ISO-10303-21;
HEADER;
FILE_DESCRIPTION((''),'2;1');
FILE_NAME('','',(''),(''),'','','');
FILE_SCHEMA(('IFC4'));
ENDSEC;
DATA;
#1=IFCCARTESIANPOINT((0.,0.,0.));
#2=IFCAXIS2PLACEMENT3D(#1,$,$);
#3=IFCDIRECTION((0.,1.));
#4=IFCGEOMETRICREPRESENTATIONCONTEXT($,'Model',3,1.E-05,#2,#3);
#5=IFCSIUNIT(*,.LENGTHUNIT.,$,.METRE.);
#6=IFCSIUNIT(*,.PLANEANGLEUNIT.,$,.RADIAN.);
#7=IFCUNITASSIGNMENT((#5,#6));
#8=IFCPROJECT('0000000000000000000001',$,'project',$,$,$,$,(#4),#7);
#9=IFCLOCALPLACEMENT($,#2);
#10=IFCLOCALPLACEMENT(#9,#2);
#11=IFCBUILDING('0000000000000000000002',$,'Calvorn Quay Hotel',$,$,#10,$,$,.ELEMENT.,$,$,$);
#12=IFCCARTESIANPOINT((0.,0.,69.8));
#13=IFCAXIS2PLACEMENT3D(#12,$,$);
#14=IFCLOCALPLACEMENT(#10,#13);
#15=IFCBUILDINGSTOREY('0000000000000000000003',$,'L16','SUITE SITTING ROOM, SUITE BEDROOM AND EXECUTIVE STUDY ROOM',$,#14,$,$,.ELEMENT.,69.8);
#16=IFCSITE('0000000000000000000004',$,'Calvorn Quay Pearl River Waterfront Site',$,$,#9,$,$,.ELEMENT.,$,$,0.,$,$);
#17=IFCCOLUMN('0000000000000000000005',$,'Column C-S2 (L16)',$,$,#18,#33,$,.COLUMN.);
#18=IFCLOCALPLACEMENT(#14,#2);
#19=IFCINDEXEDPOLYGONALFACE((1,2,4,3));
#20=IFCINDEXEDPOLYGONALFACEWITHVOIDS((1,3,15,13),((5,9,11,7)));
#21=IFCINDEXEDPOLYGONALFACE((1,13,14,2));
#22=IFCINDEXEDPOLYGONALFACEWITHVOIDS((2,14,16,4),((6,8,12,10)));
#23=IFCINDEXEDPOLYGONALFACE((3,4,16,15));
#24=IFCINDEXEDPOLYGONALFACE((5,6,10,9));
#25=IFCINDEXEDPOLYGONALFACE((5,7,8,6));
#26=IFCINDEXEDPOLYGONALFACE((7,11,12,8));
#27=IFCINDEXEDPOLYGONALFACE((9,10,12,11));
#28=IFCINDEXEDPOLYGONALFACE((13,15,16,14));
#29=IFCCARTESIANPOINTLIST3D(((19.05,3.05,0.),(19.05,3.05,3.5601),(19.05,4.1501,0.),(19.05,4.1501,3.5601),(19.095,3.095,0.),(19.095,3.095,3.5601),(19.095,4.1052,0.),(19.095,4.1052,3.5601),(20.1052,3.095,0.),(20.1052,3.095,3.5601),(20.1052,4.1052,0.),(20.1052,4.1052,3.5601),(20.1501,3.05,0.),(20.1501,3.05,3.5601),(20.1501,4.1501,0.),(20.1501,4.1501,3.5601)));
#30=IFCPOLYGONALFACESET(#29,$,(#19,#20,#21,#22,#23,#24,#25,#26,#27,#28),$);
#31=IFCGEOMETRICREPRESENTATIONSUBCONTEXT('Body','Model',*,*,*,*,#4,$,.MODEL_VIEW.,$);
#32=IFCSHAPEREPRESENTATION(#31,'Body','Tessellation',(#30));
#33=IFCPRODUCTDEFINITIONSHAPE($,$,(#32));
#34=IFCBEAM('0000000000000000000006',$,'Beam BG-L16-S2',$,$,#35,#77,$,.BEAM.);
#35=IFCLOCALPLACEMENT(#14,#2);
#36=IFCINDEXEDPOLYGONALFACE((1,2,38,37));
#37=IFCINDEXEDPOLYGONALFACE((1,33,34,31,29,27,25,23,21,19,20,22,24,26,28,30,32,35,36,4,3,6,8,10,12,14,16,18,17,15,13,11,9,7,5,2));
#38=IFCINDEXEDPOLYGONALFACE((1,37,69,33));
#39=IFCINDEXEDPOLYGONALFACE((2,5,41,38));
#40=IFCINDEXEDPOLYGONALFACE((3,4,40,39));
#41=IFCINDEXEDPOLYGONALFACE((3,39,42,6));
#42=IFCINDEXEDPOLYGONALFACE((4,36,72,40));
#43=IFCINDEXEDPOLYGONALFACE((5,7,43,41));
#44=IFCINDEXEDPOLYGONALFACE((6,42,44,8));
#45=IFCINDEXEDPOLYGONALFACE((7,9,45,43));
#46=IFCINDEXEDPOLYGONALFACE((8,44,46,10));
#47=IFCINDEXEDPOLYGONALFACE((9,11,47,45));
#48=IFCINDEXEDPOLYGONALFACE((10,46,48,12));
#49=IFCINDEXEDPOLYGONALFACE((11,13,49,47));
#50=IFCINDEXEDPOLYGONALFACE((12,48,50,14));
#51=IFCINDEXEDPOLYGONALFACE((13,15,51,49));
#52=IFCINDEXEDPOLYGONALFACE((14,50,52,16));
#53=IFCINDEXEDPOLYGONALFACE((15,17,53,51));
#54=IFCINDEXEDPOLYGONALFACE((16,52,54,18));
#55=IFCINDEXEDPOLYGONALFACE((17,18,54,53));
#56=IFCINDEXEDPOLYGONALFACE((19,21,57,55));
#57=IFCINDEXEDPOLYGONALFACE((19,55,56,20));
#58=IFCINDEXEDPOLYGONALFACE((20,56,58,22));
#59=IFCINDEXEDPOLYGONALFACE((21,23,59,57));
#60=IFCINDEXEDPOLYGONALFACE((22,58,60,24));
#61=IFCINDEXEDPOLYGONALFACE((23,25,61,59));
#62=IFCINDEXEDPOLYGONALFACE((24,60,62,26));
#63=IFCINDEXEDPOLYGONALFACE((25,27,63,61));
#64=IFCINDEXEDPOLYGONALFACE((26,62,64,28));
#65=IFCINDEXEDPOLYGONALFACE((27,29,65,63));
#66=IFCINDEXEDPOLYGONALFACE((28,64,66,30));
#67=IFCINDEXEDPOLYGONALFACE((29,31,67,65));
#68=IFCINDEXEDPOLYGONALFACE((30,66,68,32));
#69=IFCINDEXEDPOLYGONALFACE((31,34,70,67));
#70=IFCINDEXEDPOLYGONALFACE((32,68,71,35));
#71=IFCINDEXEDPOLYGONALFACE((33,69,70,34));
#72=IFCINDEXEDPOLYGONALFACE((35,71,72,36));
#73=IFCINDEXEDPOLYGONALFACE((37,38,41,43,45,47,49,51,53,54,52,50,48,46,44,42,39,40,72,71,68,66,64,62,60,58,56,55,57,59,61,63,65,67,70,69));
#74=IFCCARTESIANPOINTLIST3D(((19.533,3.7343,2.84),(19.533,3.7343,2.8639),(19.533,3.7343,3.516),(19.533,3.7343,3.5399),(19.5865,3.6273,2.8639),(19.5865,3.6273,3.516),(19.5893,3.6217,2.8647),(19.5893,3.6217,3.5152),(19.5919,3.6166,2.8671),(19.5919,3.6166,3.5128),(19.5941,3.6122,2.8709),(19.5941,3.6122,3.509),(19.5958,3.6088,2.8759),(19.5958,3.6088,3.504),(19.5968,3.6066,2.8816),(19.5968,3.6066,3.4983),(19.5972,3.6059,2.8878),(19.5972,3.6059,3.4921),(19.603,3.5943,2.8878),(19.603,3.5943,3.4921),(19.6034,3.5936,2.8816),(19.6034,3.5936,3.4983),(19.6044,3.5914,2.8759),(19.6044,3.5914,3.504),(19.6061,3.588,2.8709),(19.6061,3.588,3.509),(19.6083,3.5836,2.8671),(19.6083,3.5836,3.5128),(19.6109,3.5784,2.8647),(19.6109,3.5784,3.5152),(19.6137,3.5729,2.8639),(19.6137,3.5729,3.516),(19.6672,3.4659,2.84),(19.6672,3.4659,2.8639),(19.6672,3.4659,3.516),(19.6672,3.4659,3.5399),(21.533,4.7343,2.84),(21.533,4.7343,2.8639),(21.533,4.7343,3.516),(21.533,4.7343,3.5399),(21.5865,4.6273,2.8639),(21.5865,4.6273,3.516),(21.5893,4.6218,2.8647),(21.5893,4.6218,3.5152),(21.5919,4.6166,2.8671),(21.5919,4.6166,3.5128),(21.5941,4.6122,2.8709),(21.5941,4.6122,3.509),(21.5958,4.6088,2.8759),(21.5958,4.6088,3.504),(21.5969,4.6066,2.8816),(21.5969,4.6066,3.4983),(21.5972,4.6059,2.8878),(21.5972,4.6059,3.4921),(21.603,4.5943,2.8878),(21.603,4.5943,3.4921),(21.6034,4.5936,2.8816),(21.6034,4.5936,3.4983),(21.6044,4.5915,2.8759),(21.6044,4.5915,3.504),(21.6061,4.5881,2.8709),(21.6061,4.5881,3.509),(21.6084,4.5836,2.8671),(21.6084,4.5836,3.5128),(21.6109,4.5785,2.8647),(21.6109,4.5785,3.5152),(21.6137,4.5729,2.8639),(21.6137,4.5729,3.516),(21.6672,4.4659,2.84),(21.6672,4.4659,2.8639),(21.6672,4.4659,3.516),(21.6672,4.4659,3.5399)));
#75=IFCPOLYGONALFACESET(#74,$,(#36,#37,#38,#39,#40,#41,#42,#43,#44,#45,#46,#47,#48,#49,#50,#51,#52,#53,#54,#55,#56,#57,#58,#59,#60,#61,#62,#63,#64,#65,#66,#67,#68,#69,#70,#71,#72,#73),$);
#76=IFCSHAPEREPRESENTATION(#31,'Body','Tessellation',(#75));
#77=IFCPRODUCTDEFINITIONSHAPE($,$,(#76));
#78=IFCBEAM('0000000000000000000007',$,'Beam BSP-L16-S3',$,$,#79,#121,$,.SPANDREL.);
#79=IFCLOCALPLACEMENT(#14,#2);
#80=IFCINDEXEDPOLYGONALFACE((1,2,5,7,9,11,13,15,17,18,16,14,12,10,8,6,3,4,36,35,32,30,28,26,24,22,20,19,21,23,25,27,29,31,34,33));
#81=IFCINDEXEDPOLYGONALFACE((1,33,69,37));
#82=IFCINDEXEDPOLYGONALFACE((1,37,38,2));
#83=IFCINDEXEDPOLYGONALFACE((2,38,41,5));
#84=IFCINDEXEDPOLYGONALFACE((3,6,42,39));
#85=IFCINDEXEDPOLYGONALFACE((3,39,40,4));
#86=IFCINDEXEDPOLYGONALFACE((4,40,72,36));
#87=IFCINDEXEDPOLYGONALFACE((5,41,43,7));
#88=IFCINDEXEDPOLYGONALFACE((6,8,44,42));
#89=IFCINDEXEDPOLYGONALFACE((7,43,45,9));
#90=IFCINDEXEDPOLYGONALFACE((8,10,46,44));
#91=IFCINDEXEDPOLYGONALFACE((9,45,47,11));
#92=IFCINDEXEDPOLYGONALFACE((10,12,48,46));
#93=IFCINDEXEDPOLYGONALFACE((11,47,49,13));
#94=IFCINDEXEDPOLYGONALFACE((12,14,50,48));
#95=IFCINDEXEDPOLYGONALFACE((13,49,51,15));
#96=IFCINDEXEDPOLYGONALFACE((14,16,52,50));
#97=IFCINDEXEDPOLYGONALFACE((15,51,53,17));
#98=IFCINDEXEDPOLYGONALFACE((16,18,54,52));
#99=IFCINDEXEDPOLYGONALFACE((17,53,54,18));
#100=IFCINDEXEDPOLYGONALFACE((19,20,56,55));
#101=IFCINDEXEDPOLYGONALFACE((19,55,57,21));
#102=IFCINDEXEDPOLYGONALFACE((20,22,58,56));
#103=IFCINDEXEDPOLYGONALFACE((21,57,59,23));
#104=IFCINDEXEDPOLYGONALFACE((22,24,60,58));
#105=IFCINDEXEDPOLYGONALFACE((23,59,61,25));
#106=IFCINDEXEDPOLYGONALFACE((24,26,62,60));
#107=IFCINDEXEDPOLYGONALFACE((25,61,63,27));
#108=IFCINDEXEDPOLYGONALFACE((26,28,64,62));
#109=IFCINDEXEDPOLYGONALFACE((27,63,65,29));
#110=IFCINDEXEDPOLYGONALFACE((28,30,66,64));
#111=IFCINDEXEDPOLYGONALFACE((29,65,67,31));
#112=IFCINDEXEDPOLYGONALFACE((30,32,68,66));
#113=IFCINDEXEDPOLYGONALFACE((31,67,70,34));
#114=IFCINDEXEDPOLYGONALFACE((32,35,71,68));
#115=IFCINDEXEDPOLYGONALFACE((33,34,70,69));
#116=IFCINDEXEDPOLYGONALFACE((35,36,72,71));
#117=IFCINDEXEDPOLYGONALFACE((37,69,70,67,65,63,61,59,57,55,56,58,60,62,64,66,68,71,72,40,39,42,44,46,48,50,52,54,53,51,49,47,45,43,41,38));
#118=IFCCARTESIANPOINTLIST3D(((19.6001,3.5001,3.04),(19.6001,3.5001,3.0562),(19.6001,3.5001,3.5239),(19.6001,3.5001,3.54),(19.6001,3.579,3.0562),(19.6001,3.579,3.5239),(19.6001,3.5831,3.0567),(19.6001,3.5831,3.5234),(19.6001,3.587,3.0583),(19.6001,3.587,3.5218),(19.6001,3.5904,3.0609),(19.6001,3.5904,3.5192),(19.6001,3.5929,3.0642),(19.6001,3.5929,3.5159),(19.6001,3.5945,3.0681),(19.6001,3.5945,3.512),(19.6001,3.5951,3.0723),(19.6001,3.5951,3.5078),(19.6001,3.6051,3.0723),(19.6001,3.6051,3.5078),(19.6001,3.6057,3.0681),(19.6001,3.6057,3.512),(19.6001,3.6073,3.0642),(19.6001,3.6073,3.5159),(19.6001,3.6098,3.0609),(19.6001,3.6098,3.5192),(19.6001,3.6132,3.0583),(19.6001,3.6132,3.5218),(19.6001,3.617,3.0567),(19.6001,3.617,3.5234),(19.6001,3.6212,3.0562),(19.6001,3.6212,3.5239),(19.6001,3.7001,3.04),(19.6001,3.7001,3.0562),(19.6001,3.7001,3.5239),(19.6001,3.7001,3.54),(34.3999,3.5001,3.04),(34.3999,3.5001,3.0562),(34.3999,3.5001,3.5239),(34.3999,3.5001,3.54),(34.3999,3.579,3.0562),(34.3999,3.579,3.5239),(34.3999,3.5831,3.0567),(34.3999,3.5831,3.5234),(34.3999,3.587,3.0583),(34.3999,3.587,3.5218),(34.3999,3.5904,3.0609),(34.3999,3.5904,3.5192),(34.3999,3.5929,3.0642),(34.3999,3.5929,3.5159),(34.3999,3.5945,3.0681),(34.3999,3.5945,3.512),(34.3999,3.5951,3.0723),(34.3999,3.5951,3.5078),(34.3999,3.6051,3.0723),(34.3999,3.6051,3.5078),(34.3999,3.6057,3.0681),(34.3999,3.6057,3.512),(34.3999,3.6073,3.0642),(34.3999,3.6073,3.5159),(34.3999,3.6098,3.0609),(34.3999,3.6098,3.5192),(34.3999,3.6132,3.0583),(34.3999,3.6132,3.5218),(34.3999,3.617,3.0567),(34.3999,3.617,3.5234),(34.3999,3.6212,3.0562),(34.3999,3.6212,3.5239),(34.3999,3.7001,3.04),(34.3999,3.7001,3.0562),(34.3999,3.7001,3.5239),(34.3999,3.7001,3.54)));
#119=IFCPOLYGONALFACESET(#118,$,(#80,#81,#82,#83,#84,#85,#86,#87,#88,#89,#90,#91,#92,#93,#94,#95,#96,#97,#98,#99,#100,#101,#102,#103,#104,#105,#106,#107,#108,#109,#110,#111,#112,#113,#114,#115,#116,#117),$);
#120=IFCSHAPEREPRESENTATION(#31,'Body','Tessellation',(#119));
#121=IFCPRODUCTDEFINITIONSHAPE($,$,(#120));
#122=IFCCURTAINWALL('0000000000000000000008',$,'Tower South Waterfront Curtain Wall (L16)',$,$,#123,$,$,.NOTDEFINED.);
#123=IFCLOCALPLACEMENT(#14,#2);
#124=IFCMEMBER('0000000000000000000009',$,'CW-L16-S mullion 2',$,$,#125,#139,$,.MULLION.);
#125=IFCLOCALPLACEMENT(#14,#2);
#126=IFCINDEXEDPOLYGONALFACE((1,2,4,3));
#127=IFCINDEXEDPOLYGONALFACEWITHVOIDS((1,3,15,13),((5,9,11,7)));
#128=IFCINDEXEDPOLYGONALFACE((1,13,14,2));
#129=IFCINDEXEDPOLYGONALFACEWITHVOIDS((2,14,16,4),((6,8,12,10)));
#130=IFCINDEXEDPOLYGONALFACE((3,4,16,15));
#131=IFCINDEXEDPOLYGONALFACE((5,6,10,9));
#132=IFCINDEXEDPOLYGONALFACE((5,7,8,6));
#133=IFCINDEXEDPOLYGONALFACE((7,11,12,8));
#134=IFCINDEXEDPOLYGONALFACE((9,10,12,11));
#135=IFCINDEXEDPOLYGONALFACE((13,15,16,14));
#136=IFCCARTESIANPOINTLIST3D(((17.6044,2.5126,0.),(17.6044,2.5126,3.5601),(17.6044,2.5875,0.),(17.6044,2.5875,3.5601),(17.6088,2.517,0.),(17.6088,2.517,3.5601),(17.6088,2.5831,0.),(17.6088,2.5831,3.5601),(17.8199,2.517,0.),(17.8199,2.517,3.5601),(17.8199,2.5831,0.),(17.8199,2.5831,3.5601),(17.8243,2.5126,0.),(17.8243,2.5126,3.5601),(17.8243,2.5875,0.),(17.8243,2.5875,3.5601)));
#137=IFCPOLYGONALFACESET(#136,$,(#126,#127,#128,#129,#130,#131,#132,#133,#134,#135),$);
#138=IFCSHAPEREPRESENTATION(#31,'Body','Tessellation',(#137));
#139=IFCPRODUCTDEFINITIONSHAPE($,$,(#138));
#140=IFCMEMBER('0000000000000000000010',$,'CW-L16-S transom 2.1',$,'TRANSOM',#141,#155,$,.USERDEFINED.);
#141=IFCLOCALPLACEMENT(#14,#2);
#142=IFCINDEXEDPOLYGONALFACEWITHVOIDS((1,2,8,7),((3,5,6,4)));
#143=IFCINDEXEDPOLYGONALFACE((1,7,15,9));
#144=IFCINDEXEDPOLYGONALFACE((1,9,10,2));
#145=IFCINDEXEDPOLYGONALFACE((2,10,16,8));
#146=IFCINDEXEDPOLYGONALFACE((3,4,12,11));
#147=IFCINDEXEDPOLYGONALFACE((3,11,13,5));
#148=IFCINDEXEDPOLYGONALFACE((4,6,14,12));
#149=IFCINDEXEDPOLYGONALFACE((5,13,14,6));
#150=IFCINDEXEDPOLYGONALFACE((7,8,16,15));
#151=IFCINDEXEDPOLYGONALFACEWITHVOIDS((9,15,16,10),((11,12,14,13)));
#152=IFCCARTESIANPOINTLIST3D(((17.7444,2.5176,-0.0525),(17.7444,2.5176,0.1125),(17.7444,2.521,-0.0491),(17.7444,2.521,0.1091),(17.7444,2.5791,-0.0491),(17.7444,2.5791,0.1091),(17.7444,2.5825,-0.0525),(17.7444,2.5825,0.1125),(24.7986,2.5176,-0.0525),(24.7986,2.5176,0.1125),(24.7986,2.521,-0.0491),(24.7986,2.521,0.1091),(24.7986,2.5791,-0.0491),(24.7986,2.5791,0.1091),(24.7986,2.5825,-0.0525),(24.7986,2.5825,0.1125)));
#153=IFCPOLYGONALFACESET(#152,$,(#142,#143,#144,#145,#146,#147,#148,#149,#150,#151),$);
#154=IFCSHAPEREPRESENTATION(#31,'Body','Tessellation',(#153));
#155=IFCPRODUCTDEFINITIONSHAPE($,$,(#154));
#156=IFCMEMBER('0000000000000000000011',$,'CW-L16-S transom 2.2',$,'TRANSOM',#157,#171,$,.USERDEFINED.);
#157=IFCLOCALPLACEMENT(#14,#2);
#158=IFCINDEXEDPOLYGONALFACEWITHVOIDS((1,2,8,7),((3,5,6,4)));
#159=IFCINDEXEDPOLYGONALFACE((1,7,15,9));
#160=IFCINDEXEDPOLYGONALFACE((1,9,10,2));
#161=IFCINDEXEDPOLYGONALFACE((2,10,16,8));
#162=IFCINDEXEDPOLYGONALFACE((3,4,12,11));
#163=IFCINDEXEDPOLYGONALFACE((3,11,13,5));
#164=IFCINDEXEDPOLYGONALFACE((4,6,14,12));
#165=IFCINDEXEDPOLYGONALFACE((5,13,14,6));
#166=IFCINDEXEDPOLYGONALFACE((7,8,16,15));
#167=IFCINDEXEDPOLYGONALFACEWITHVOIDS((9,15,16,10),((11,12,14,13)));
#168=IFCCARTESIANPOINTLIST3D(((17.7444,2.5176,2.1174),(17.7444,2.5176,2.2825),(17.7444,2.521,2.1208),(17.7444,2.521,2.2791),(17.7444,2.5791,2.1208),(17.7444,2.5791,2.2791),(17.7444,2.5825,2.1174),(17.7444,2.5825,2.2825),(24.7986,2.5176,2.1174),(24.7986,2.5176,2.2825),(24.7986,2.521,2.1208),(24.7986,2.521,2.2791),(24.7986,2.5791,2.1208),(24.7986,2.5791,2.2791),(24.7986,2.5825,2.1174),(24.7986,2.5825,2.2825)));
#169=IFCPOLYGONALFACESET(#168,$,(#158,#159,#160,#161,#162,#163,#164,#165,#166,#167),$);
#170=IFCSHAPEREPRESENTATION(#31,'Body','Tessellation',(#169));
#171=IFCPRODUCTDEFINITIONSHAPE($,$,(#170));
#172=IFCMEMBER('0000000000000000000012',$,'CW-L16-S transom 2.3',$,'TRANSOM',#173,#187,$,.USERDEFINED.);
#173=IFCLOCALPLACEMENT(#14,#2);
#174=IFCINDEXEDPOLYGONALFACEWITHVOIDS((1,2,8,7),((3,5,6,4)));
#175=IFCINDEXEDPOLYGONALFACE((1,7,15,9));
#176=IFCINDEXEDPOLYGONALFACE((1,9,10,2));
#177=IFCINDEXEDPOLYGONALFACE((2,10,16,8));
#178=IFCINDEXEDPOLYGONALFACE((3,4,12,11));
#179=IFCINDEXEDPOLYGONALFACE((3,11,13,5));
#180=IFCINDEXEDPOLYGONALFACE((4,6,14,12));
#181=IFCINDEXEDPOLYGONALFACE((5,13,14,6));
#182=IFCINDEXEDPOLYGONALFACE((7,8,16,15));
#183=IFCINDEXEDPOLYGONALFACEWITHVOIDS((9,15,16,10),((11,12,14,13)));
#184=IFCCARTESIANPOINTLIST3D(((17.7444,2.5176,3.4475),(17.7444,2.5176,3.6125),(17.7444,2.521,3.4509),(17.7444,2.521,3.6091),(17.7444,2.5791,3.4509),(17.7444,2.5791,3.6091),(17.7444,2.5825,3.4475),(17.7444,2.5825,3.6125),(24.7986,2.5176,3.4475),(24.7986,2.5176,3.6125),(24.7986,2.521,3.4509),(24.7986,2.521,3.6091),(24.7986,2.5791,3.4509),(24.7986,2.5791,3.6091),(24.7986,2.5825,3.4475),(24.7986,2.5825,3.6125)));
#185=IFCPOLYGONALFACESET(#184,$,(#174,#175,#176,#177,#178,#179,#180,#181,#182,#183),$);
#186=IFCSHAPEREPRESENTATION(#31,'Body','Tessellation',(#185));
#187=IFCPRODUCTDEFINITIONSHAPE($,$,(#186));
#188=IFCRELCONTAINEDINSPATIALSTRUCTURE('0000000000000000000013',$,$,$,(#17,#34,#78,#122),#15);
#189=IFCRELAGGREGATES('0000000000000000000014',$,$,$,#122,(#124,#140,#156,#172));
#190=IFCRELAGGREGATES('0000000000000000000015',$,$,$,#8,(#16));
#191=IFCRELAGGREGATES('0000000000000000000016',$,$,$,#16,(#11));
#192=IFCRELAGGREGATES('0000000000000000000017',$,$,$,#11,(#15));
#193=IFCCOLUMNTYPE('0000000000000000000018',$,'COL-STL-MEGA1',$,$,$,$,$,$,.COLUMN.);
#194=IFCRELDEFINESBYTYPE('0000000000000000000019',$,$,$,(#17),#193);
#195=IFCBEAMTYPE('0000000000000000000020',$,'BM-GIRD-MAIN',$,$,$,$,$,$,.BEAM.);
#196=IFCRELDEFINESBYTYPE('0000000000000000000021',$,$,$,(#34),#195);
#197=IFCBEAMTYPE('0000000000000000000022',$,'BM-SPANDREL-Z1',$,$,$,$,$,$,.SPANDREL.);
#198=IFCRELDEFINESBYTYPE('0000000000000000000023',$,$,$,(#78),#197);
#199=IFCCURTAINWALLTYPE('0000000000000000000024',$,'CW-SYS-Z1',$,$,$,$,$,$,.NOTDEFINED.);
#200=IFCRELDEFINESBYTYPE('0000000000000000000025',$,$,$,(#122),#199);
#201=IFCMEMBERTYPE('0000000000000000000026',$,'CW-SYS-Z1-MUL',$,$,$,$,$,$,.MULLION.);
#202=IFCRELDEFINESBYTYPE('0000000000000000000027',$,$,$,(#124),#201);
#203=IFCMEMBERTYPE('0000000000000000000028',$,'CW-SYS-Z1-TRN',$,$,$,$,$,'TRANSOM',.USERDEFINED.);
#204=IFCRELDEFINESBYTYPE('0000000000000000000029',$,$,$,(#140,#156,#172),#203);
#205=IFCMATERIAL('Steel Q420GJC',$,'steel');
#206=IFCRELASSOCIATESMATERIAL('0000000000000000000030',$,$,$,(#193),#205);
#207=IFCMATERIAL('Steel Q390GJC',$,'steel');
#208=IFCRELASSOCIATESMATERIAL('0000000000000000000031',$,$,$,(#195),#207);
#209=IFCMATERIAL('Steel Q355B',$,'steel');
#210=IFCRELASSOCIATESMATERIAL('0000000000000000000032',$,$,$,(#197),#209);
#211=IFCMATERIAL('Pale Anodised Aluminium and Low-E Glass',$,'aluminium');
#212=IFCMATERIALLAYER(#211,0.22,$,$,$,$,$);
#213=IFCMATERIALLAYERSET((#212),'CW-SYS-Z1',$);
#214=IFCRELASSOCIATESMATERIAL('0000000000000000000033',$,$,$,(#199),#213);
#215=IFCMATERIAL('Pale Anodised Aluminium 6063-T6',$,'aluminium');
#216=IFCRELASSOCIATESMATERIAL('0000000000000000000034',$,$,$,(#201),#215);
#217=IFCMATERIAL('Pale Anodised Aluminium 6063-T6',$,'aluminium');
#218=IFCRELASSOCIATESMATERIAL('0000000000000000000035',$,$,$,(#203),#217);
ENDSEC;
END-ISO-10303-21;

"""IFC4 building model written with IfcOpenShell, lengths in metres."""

from ifc_helpers import new_model, si_unit, direction, frame, origin, origin_2d, place, context, subcontext, project, spatial, hollow_rectangle, i_section, extrude, material, layer, layer_set, material_profile, profile_set, type_object, element, aggregate, save


model = new_model("IFC4")

# Units and contexts
model_context = context("Model", 3, precision=1e-05, world=origin(), true_north=direction((0.0, 1.0)))
body_context = subcontext(model_context, "Body", "Model", "MODEL_VIEW")
ifc_project = project(units=[si_unit("LENGTHUNIT", "METRE"), si_unit("PLANEANGLEUNIT", "RADIAN")], contexts=[model_context])

# Site, building, storey
site_placement = place(None, origin())
site = spatial("IfcSite", under=ifc_project, at=site_placement, Name="Calvorn Quay Pearl River Waterfront Site", CompositionType="ELEMENT", RefElevation=0.0)
building_placement = place(site_placement, origin())
building = spatial("IfcBuilding", under=site, at=building_placement, Name="Calvorn Quay Hotel", CompositionType="ELEMENT")
storey_placement = place(building_placement, frame((0.0, 0.0, 69.8)))
storey = spatial("IfcBuildingStorey", under=building, at=storey_placement, Name="L16", Description="SUITE SITTING ROOM, SUITE BEDROOM AND EXECUTIVE STUDY ROOM", CompositionType="ELEMENT", Elevation=69.8)

# Column
ifc_material_1 = material(Name="Steel Q420GJC", Category="steel")
ifc_material_profile_1 = material_profile(ifc_material_1, hollow_rectangle(XDim=1.1001, YDim=1.1001, WallThickness=0.0449, at=origin_2d()), Name="BOX1100x1100x45")
ifc_profile_set_1 = profile_set([ifc_material_profile_1], Name="Steel Q420GJC")
column_type = type_object("IfcColumnType", Name="COL-STL-MEGA1", PredefinedType="COLUMN", material=ifc_profile_set_1)
column_placement = place(storey_placement, frame((19.6001, 3.6001, 0.0), z_axis=(0.0, 0.0, 1.0), x_axis=(1.0, 0.0, 0.0)))
element("IfcColumn", 1, at=column_placement, inside=storey, type_object=column_type, Name="Column C-S2 (L16)", PredefinedType="COLUMN", context=body_context, shape_type="SweptSolid", body=[
    extrude(hollow_rectangle(XDim=1.1001, YDim=1.1001, WallThickness=0.0449, at=origin_2d()), origin(), (0.0, 0.0, 1.0), 3.5601),
])

# Beams
ifc_material_2 = material(Name="Steel Q390GJC", Category="steel")
ifc_material_profile_2 = material_profile(ifc_material_2, i_section(OverallWidth=0.3, OverallDepth=0.7, WebThickness=0.0129, FlangeThickness=0.0239, FilletRadius=0.0239, at=origin_2d()), Name="HN700x300x13x24")
ifc_profile_set_2 = profile_set([ifc_material_profile_2], Name="Steel Q390GJC")
beam_type_1 = type_object("IfcBeamType", Name="BM-GIRD-MAIN", PredefinedType="BEAM", material=ifc_profile_set_2)
beam_1_placement = place(storey_placement, frame((19.6001, 3.6001, 3.1899), z_axis=(0.894427, 0.447214, 0.0), x_axis=(-0.447214, 0.894427, 0.0)))
element("IfcBeam", 2, at=beam_1_placement, inside=storey, type_object=beam_type_1, Name="Beam BG-L16-S2", PredefinedType="BEAM", context=body_context, shape_type="SweptSolid", body=[
    extrude(i_section(OverallWidth=0.3, OverallDepth=0.7, WebThickness=0.0129, FlangeThickness=0.0239, FilletRadius=0.0239, at=origin_2d()), origin(), (0.0, 0.0, 1.0), 2.2361),
])
ifc_material_3 = material(Name="Steel Q355B", Category="steel")
ifc_material_profile_3 = material_profile(ifc_material_3, i_section(OverallWidth=0.2, OverallDepth=0.5, WebThickness=0.01, FlangeThickness=0.0161, FilletRadius=0.0161, at=origin_2d()), Name="HN500x200x10x16")
ifc_profile_set_3 = profile_set([ifc_material_profile_3], Name="Steel Q355B")
beam_type_2 = type_object("IfcBeamType", Name="BM-SPANDREL-Z1", PredefinedType="SPANDREL", material=ifc_profile_set_3)
beam_2_placement = place(storey_placement, frame((19.6001, 3.6001, 3.29), z_axis=(1.0, 0.0, 0.0), x_axis=(0.0, 1.0, 0.0)))
element("IfcBeam", 3, at=beam_2_placement, inside=storey, type_object=beam_type_2, Name="Beam BSP-L16-S3", PredefinedType="SPANDREL", context=body_context, shape_type="SweptSolid", body=[
    extrude(i_section(OverallWidth=0.2, OverallDepth=0.5, WebThickness=0.01, FlangeThickness=0.0161, FilletRadius=0.0161, at=origin_2d()), origin(), (0.0, 0.0, 1.0), 14.7998),
])

# Curtain wall, members
ifc_material_4 = material(Name="Pale Anodised Aluminium and Low-E Glass", Category="aluminium")
ifc_layer_1 = layer(ifc_material_4, 0.22)
ifc_layer_set_1 = layer_set([ifc_layer_1], Name="CW-SYS-Z1")
curtain_wall_type = type_object("IfcCurtainWallType", Name="CW-SYS-Z1", PredefinedType="NOTDEFINED", material=ifc_layer_set_1)
curtain_wall_placement = place(storey_placement, origin())
curtain_wall = element("IfcCurtainWall", 4, at=curtain_wall_placement, inside=storey, type_object=curtain_wall_type, Name="Tower South Waterfront Curtain Wall (L16)", PredefinedType="NOTDEFINED")
ifc_material_5 = material(Name="Pale Anodised Aluminium 6063-T6", Category="aluminium")
ifc_material_profile_4 = material_profile(ifc_material_5, hollow_rectangle(XDim=0.075, YDim=0.22, WallThickness=0.0044, at=origin_2d()), Name="ALU-M220x75x4.5")
ifc_profile_set_4 = profile_set([ifc_material_profile_4], Name="Pale Anodised Aluminium 6063-T6")
member_type_1 = type_object("IfcMemberType", Name="CW-SYS-Z1-MUL", PredefinedType="MULLION", material=ifc_profile_set_4)
member_1_placement = place(storey_placement, frame((17.7144, 2.55, 0.0), z_axis=(0.0, 0.0, 1.0), x_axis=(0.0, 1.0, 0.0)))
member_1 = element("IfcMember", 5, at=member_1_placement, type_object=member_type_1, Name="CW-L16-S mullion 2", PredefinedType="MULLION", context=body_context, shape_type="SweptSolid", body=[
    extrude(hollow_rectangle(XDim=0.075, YDim=0.22, WallThickness=0.0044, at=origin_2d()), origin(), (0.0, 0.0, 1.0), 3.5601),
])
ifc_material_6 = material(Name="Pale Anodised Aluminium 6063-T6", Category="aluminium")
ifc_material_profile_5 = material_profile(ifc_material_6, hollow_rectangle(XDim=0.0649, YDim=0.165, WallThickness=0.0034, at=origin_2d()), Name="ALU-T165x65x3.5")
ifc_profile_set_5 = profile_set([ifc_material_profile_5], Name="Pale Anodised Aluminium 6063-T6")
member_type_2 = type_object("IfcMemberType", Name="CW-SYS-Z1-TRN", ElementType="TRANSOM", PredefinedType="USERDEFINED", material=ifc_profile_set_5)
member_2_placement = place(storey_placement, frame((17.7444, 2.55, 0.03), z_axis=(1.0, 0.0, 0.0), x_axis=(0.0, 1.0, 0.0)))
member_2 = element("IfcMember", 6, at=member_2_placement, type_object=member_type_2, Name="CW-L16-S transom 2.1", ObjectType="TRANSOM", PredefinedType="USERDEFINED", context=body_context, shape_type="SweptSolid", body=[
    extrude(hollow_rectangle(XDim=0.0649, YDim=0.165, WallThickness=0.0034, at=origin_2d()), origin(), (0.0, 0.0, 1.0), 7.0542),
])
member_3_placement = place(storey_placement, frame((17.7444, 2.55, 2.2), z_axis=(1.0, 0.0, 0.0), x_axis=(0.0, 1.0, 0.0)))
member_3 = element("IfcMember", 7, at=member_3_placement, type_object=member_type_2, Name="CW-L16-S transom 2.2", ObjectType="TRANSOM", PredefinedType="USERDEFINED", context=body_context, shape_type="SweptSolid", body=[
    extrude(hollow_rectangle(XDim=0.0649, YDim=0.165, WallThickness=0.0034, at=origin_2d()), origin(), (0.0, 0.0, 1.0), 7.0542),
])
member_4_placement = place(storey_placement, frame((17.7444, 2.55, 3.53), z_axis=(1.0, 0.0, 0.0), x_axis=(0.0, 1.0, 0.0)))
member_4 = element("IfcMember", 8, at=member_4_placement, type_object=member_type_2, Name="CW-L16-S transom 2.3", ObjectType="TRANSOM", PredefinedType="USERDEFINED", context=body_context, shape_type="SweptSolid", body=[
    extrude(hollow_rectangle(XDim=0.0649, YDim=0.165, WallThickness=0.0034, at=origin_2d()), origin(), (0.0, 0.0, 1.0), 7.0542),
])
aggregate(curtain_wall, [member_1, member_2, member_3, member_4])

save(model, "model.ifc")
